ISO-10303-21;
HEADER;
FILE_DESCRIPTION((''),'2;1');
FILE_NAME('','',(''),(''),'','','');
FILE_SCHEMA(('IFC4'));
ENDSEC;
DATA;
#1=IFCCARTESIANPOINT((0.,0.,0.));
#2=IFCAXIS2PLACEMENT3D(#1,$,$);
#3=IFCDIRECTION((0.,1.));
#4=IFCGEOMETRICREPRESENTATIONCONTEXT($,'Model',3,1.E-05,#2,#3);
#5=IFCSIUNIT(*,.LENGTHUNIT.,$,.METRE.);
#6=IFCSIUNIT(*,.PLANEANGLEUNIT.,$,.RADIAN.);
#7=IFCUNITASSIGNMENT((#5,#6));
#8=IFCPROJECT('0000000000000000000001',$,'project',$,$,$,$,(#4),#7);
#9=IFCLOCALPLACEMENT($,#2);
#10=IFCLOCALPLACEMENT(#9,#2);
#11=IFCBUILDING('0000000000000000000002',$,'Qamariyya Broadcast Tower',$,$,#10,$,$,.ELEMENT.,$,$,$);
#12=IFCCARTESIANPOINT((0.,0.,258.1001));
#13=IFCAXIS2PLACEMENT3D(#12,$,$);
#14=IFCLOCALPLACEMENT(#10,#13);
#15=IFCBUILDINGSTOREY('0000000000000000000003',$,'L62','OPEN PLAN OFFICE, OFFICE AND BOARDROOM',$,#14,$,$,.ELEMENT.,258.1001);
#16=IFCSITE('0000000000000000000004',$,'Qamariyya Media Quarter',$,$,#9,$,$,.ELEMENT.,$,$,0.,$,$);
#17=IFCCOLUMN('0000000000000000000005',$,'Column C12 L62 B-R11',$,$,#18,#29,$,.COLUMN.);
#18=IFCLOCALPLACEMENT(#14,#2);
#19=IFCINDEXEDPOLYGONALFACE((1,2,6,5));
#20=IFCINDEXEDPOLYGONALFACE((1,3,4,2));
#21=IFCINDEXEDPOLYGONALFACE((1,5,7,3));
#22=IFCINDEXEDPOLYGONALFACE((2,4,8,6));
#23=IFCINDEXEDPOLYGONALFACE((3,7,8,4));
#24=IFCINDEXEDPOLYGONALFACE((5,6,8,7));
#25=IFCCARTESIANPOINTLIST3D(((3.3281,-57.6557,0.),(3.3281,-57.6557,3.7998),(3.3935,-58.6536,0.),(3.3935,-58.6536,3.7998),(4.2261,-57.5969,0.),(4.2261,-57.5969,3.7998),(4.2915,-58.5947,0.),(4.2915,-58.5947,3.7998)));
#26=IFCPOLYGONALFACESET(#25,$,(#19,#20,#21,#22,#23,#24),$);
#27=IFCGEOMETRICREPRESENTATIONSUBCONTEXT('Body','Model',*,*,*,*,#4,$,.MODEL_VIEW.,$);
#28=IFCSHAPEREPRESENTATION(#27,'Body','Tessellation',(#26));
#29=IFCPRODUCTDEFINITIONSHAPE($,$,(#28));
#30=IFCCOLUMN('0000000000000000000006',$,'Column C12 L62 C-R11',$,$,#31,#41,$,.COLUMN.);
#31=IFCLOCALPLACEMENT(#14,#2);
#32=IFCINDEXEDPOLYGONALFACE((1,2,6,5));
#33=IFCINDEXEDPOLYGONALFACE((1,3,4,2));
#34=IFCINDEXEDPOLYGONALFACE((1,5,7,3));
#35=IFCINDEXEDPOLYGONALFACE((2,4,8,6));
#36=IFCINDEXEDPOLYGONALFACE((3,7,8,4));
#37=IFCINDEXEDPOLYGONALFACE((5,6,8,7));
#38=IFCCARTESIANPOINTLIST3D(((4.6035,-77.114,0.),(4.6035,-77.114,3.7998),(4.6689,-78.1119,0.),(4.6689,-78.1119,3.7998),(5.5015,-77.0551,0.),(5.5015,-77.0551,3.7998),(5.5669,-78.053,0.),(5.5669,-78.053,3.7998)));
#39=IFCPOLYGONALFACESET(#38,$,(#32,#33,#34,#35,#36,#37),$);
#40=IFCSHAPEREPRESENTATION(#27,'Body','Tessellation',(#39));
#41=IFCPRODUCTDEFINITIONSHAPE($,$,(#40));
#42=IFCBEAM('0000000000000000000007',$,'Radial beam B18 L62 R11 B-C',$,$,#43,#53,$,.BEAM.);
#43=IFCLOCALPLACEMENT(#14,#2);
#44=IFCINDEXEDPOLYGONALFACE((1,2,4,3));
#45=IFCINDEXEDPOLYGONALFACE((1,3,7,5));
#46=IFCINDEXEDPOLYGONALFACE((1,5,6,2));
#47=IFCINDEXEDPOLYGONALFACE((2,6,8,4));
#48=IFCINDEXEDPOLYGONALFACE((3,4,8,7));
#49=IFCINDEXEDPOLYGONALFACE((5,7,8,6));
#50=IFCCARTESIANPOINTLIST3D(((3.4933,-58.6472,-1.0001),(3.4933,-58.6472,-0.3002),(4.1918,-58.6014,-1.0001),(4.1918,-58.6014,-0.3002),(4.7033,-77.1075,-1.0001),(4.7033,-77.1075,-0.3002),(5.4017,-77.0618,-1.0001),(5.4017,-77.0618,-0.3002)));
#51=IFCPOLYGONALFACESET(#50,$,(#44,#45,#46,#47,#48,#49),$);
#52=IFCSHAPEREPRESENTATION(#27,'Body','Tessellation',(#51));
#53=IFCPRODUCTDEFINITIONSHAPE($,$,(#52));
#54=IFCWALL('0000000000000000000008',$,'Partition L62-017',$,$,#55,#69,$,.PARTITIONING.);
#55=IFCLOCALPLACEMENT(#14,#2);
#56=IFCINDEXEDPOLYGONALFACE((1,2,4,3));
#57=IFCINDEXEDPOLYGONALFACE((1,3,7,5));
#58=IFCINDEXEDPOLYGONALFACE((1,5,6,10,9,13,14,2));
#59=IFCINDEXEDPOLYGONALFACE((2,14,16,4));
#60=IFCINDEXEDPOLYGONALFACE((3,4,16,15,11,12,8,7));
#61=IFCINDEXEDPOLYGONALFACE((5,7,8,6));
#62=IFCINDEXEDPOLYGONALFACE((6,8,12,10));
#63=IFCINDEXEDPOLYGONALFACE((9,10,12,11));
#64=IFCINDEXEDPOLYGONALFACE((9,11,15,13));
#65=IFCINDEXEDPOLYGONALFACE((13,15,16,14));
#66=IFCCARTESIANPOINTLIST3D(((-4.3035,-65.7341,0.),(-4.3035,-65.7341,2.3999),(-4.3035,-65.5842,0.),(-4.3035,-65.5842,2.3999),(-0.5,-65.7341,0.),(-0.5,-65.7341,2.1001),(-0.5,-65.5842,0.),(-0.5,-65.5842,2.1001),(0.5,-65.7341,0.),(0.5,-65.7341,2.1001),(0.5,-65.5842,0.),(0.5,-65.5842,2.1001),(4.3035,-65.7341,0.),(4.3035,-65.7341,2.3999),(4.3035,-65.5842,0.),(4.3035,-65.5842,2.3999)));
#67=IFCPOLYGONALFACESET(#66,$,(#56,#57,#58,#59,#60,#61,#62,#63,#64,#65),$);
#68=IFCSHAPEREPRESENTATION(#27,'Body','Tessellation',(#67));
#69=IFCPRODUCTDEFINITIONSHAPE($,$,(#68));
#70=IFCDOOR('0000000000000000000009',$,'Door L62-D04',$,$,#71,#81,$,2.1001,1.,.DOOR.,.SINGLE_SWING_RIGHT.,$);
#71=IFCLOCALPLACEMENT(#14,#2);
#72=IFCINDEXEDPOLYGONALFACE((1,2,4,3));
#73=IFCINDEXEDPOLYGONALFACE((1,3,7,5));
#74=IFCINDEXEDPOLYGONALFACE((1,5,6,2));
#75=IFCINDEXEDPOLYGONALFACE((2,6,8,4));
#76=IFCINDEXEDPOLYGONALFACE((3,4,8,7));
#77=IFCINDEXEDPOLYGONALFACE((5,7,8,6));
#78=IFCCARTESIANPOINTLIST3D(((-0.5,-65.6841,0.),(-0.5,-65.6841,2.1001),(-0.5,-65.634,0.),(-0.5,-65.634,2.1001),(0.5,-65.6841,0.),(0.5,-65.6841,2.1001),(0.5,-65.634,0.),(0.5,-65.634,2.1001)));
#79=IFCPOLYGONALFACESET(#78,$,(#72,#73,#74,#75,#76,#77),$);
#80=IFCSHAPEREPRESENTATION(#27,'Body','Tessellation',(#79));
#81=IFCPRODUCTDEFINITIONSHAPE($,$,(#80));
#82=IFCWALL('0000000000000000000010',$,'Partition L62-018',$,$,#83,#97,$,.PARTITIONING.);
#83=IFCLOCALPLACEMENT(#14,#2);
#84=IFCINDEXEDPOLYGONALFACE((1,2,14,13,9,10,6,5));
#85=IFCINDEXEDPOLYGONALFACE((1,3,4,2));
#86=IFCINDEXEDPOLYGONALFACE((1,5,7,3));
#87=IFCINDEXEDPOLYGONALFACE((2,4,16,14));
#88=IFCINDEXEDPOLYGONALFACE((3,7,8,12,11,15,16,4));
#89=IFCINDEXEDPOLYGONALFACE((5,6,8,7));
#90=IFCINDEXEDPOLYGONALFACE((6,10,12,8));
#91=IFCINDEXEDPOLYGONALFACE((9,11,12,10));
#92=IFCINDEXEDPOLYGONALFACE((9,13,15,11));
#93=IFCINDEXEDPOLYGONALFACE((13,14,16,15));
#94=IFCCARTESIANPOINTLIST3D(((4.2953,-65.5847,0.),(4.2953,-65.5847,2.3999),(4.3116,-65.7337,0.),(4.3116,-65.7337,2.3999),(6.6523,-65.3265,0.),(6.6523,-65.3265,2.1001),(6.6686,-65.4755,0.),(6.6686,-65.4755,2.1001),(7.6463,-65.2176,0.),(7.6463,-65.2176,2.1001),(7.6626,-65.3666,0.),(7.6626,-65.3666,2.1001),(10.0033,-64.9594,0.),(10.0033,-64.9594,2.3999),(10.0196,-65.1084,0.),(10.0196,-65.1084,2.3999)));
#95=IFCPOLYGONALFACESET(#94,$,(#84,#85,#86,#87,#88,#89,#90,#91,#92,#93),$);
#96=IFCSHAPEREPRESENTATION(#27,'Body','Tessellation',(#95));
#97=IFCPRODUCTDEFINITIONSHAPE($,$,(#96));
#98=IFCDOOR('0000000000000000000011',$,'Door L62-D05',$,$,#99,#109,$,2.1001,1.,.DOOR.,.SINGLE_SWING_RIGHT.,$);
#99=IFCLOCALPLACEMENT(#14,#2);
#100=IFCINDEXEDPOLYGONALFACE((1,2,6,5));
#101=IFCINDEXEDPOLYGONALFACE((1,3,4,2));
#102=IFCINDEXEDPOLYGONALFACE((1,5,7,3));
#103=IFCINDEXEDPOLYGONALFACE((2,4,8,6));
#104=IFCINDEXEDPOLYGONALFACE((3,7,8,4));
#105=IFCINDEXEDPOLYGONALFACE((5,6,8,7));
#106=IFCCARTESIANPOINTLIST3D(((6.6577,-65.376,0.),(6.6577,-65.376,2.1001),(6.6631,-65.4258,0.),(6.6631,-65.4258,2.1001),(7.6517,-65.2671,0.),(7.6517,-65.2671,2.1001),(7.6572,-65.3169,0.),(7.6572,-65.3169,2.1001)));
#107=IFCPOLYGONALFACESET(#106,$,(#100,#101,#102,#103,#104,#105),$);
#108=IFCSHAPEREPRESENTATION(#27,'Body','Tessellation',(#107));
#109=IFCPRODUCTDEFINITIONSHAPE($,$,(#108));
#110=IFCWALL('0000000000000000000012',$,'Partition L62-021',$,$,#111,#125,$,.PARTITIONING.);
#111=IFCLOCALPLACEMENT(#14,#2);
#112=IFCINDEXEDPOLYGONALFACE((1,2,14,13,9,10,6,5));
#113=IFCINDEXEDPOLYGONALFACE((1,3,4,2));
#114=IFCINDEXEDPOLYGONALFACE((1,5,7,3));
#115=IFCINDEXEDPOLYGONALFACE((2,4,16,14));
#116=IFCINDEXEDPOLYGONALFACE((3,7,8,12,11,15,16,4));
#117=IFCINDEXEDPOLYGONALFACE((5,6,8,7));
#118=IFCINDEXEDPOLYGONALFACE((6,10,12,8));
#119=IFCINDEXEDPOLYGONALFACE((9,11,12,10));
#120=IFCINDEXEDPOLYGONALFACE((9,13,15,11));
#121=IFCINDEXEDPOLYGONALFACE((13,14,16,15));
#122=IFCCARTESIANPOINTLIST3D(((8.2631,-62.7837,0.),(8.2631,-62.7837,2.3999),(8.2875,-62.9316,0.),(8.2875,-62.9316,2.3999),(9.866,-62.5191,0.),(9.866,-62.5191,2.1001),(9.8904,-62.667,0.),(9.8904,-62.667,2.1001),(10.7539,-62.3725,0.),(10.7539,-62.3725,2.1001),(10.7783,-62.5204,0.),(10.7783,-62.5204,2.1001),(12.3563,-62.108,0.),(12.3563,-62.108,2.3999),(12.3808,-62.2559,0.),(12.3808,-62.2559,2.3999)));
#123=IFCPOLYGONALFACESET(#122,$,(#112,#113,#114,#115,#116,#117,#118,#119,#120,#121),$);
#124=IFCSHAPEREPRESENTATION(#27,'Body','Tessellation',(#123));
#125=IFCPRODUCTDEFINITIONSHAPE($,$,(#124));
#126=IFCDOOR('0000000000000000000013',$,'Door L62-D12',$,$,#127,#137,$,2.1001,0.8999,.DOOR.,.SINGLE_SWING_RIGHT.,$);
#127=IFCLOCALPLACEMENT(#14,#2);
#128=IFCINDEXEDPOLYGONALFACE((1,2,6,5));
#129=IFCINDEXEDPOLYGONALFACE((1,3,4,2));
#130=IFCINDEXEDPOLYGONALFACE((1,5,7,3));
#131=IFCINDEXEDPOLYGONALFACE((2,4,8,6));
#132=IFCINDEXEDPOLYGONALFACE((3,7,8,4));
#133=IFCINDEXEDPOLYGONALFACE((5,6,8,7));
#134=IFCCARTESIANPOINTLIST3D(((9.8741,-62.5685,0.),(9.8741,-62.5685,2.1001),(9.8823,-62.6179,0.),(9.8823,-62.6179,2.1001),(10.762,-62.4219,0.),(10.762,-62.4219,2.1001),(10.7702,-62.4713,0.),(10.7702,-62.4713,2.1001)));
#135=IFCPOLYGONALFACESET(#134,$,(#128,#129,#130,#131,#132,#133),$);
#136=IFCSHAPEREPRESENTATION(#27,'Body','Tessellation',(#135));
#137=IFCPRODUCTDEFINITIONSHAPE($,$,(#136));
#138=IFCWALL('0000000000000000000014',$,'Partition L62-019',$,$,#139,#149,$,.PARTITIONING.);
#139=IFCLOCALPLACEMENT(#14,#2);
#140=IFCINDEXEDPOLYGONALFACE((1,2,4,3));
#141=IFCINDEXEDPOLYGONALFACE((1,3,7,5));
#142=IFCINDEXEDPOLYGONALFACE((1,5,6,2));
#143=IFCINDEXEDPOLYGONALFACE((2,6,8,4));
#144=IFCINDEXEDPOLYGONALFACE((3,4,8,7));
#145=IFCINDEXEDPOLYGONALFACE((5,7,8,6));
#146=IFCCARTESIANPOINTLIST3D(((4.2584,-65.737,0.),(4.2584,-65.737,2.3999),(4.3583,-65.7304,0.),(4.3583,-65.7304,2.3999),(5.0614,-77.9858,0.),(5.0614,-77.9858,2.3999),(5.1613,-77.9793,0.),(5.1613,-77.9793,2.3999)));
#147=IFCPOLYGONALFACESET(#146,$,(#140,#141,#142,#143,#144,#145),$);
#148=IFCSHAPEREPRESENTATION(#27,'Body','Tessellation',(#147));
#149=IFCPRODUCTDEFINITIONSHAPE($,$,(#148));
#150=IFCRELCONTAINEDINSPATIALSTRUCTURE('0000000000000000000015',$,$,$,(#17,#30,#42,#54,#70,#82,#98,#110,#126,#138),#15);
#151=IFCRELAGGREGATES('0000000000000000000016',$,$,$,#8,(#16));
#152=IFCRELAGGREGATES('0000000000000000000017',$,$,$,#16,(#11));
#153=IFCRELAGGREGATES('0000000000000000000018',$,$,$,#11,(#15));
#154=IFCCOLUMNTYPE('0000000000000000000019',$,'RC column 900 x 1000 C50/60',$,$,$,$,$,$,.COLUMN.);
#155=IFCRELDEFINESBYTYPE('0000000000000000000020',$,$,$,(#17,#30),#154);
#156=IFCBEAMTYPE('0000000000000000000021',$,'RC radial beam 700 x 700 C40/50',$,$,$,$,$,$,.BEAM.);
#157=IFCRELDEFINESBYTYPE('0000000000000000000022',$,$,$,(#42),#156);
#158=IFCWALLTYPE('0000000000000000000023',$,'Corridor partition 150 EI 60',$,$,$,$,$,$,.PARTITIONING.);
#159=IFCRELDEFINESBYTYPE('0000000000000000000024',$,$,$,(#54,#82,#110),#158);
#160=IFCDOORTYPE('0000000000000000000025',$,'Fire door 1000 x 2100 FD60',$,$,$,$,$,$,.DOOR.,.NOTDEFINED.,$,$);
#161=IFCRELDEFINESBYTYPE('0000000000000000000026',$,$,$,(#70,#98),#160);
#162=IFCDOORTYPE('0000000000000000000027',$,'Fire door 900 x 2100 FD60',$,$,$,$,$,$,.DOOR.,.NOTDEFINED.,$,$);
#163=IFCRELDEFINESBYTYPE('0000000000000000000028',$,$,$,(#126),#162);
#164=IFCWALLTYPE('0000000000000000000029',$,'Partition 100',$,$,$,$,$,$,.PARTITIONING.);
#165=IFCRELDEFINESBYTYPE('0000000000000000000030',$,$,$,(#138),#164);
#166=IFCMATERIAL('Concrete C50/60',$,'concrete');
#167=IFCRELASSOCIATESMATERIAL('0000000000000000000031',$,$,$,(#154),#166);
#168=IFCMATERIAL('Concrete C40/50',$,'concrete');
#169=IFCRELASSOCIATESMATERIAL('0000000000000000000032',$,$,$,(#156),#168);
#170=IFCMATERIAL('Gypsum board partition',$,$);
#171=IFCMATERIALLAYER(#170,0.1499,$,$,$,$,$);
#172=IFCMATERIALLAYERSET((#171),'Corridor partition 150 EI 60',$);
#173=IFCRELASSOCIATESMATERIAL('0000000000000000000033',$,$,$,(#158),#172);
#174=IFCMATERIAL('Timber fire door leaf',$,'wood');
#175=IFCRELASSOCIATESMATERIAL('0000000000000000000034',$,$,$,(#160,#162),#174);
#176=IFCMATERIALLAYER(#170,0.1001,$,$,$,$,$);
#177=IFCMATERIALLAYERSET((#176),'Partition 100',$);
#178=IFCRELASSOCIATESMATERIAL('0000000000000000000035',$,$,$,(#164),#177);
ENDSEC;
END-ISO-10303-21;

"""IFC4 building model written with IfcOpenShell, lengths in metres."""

from ifc_helpers import new_model, si_unit, direction, frame, frame_2d, origin, origin_2d, place, context, subcontext, project, spatial, rectangle, extrude, material, layer, layer_set, material_profile, profile_set, type_object, element, fill, save


model = new_model("IFC4")

# Units and contexts
model_context = context("Model", 3, precision=1e-05, world=origin(), true_north=direction((0.0, 1.0)))
body_context = subcontext(model_context, "Body", "Model", "MODEL_VIEW")
ifc_project = project(units=[si_unit("LENGTHUNIT", "METRE"), si_unit("PLANEANGLEUNIT", "RADIAN")], contexts=[model_context])

# Site, building, storey
site_placement = place(None, origin())
site = spatial("IfcSite", under=ifc_project, at=site_placement, Name="Qamariyya Media Quarter", CompositionType="ELEMENT", RefElevation=0.0)
building_placement = place(site_placement, origin())
building = spatial("IfcBuilding", under=site, at=building_placement, Name="Qamariyya Broadcast Tower", CompositionType="ELEMENT")
storey_placement = place(building_placement, frame((0.0, 0.0, 258.1001)))
storey = spatial("IfcBuildingStorey", under=building, at=storey_placement, Name="L62", Description="OPEN PLAN OFFICE, OFFICE AND BOARDROOM", CompositionType="ELEMENT", Elevation=258.1001)

# Columns
ifc_material_1 = material(Name="Concrete C50/60", Category="concrete")
ifc_material_profile_1 = material_profile(ifc_material_1, rectangle(XDim=0.8999, YDim=1.0, at=origin_2d()))
ifc_profile_set_1 = profile_set([ifc_material_profile_1], Name="Concrete C50/60")
column_type = type_object("IfcColumnType", Name="RC column 900 x 1000 C50/60", PredefinedType="COLUMN", material=ifc_profile_set_1)
for number, where, z_axis, x_axis, name in (
    (1, (3.8098, -58.1252, 0.0), (0.0, 0.0, 1.0), (0.997859, 0.065403, 0.0), "Column C12 L62 B-R11"),
    (2, (5.0852, -77.5835, 0.0), (0.0, 0.0, 1.0), (0.997859, 0.065403, 0.0), "Column C12 L62 C-R11"),
):
    element("IfcColumn", number, at=place(storey_placement, frame(where, z_axis=z_axis, x_axis=x_axis)), inside=storey, type_object=column_type, Name=name, PredefinedType="COLUMN", context=body_context, shape_type="SweptSolid", body=[
        extrude(rectangle(XDim=0.8999, YDim=1.0, at=origin_2d()), origin(), (0.0, 0.0, 1.0), 3.7998),
    ])

# Beam
ifc_material_2 = material(Name="Concrete C40/50", Category="concrete")
ifc_material_profile_2 = material_profile(ifc_material_2, rectangle(XDim=0.7, YDim=0.7, at=origin_2d()))
ifc_profile_set_2 = profile_set([ifc_material_profile_2], Name="Concrete C40/50")
beam_type = type_object("IfcBeamType", Name="RC radial beam 700 x 700 C40/50", PredefinedType="BEAM", material=ifc_profile_set_2)
beam_placement = place(storey_placement, frame((3.8425, -58.6243, -0.6501), z_axis=(0.065403, -0.997859, 0.0), x_axis=(0.997859, 0.065403, 0.0)))
element("IfcBeam", 3, at=beam_placement, inside=storey, type_object=beam_type, Name="Radial beam B18 L62 R11 B-C", PredefinedType="BEAM", context=body_context, shape_type="SweptSolid", body=[
    extrude(rectangle(XDim=0.7, YDim=0.7, at=origin_2d()), origin(), (0.0, 0.0, 1.0), 18.5),
])

# Walls, openings, doors
ifc_material_3 = material(Name="Gypsum board partition")
ifc_layer_1 = layer(ifc_material_3, 0.1499)
ifc_layer_set_1 = layer_set([ifc_layer_1], Name="Corridor partition 150 EI 60")
wall_type_1 = type_object("IfcWallType", Name="Corridor partition 150 EI 60", PredefinedType="PARTITIONING", material=ifc_layer_set_1)
wall_1_placement = place(storey_placement, frame((4.3035, -65.6592, 0.0), z_axis=(0.0, 0.0, 1.0), x_axis=(-1.0, 0.0, 0.0)))
wall_1 = element("IfcWall", 4, at=wall_1_placement, inside=storey, type_object=wall_type_1, Name="Partition L62-017", PredefinedType="PARTITIONING", context=body_context, shape_type="SweptSolid", body=[
    extrude(rectangle(XDim=8.6069, YDim=0.1499, at=frame_2d((4.3035, 0.0))), origin(), (0.0, 0.0, 1.0), 2.3999),
])
opening_1_placement = place(wall_1_placement, frame((3.8035, 0.0, 0.0)))
opening_1 = element("IfcOpeningElement", 5, at=opening_1_placement, cuts=wall_1, PredefinedType="OPENING", context=body_context, shape_type="SweptSolid", body=[
    extrude(rectangle(XDim=1.0, YDim=2.1001, at=frame_2d((0.5, 1.05))), frame((0.0, 0.085, 0.0), z_axis=(0.0, -1.0, 0.0), x_axis=(1.0, 0.0, 0.0)), (0.0, 0.0, 1.0), 0.1699),
])
ifc_material_4 = material(Name="Timber fire door leaf", Category="wood")
door_type_1 = type_object("IfcDoorType", Name="Fire door 1000 x 2100 FD60", OperationType="NOTDEFINED", PredefinedType="DOOR", material=ifc_material_4)
door_1_placement = place(opening_1_placement, origin())
door_1 = element("IfcDoor", 6, at=door_1_placement, inside=storey, type_object=door_type_1, Name="Door L62-D04", OperationType="SINGLE_SWING_RIGHT", OverallHeight=2.1001, OverallWidth=1.0, PredefinedType="DOOR", context=body_context, shape_type="SweptSolid", body=[
    extrude(rectangle(XDim=1.0, YDim=2.1001, at=frame_2d((0.5, 1.05))), frame((0.0, 0.0249, 0.0), z_axis=(0.0, -1.0, 0.0), x_axis=(1.0, 0.0, 0.0)), (0.0, 0.0, 1.0), 0.05),
])
fill(opening_1, door_1)
wall_2_placement = place(storey_placement, frame((10.0115, -65.0339, 0.0), z_axis=(0.0, 0.0, 1.0), x_axis=(-0.994054, -0.108887, 0.0)))
wall_2 = element("IfcWall", 7, at=wall_2_placement, inside=storey, type_object=wall_type_1, Name="Partition L62-018", PredefinedType="PARTITIONING", context=body_context, shape_type="SweptSolid", body=[
    extrude(rectangle(XDim=5.7422, YDim=0.1499, at=frame_2d((2.8711, 0.0))), origin(), (0.0, 0.0, 1.0), 2.3999),
])
opening_2_placement = place(wall_2_placement, frame((2.3711, 0.0, 0.0)))
opening_2 = element("IfcOpeningElement", 8, at=opening_2_placement, cuts=wall_2, PredefinedType="OPENING", context=body_context, shape_type="SweptSolid", body=[
    extrude(rectangle(XDim=1.0, YDim=2.1001, at=frame_2d((0.5, 1.05))), frame((0.0, 0.085, 0.0), z_axis=(0.0, -1.0, 0.0), x_axis=(1.0, 0.0, 0.0)), (0.0, 0.0, 1.0), 0.1699),
])
door_2_placement = place(opening_2_placement, origin())
door_2 = element("IfcDoor", 9, at=door_2_placement, inside=storey, type_object=door_type_1, Name="Door L62-D05", OperationType="SINGLE_SWING_RIGHT", OverallHeight=2.1001, OverallWidth=1.0, PredefinedType="DOOR", context=body_context, shape_type="SweptSolid", body=[
    extrude(rectangle(XDim=1.0, YDim=2.1001, at=frame_2d((0.5, 1.05))), frame((0.0, 0.0249, 0.0), z_axis=(0.0, -1.0, 0.0), x_axis=(1.0, 0.0, 0.0)), (0.0, 0.0, 1.0), 0.05),
])
fill(opening_2, door_2)
wall_3_placement = place(storey_placement, frame((8.2754, -62.8577, 0.0), z_axis=(0.0, 0.0, 1.0), x_axis=(0.986644, 0.162891, 0.0)))
wall_3 = element("IfcWall", 10, at=wall_3_placement, inside=storey, type_object=wall_type_1, Name="Partition L62-021", PredefinedType="PARTITIONING", context=body_context, shape_type="SweptSolid", body=[
    extrude(rectangle(XDim=4.1487, YDim=0.1499, at=frame_2d((2.0742, 0.0))), origin(), (0.0, 0.0, 1.0), 2.3999),
])
opening_3_placement = place(wall_3_placement, frame((1.6245, 0.0, 0.0)))
opening_3 = element("IfcOpeningElement", 11, at=opening_3_placement, cuts=wall_3, PredefinedType="OPENING", context=body_context, shape_type="SweptSolid", body=[
    extrude(rectangle(XDim=0.8999, YDim=2.1001, at=frame_2d((0.45, 1.05))), frame((0.0, 0.085, 0.0), z_axis=(0.0, -1.0, 0.0), x_axis=(1.0, 0.0, 0.0)), (0.0, 0.0, 1.0), 0.1699),
])
door_type_2 = type_object("IfcDoorType", Name="Fire door 900 x 2100 FD60", OperationType="NOTDEFINED", PredefinedType="DOOR", material=ifc_material_4)
door_3_placement = place(opening_3_placement, origin())
door_3 = element("IfcDoor", 12, at=door_3_placement, inside=storey, type_object=door_type_2, Name="Door L62-D12", OperationType="SINGLE_SWING_RIGHT", OverallHeight=2.1001, OverallWidth=0.8999, PredefinedType="DOOR", context=body_context, shape_type="SweptSolid", body=[
    extrude(rectangle(XDim=0.8999, YDim=2.1001, at=frame_2d((0.45, 1.05))), frame((0.0, 0.0249, 0.0), z_axis=(0.0, -1.0, 0.0), x_axis=(1.0, 0.0, 0.0)), (0.0, 0.0, 1.0), 0.05),
])
fill(opening_3, door_3)

# Wall
ifc_layer_2 = layer(ifc_material_3, 0.1001)
ifc_layer_set_2 = layer_set([ifc_layer_2], Name="Partition 100")
wall_type_2 = type_object("IfcWallType", Name="Partition 100", PredefinedType="PARTITIONING", material=ifc_layer_set_2)
wall_4_placement = place(storey_placement, frame((5.1113, -77.9827, 0.0), z_axis=(0.0, 0.0, 1.0), x_axis=(-0.065415, 0.997858, 0.0)))
element("IfcWall", 13, at=wall_4_placement, inside=storey, type_object=wall_type_2, Name="Partition L62-019", PredefinedType="PARTITIONING", context=body_context, shape_type="SweptSolid", body=[
    extrude(rectangle(XDim=12.2751, YDim=0.1001, at=frame_2d((6.1377, 0.0))), origin(), (0.0, 0.0, 1.0), 2.3999),
])

save(model, "model.ifc")
